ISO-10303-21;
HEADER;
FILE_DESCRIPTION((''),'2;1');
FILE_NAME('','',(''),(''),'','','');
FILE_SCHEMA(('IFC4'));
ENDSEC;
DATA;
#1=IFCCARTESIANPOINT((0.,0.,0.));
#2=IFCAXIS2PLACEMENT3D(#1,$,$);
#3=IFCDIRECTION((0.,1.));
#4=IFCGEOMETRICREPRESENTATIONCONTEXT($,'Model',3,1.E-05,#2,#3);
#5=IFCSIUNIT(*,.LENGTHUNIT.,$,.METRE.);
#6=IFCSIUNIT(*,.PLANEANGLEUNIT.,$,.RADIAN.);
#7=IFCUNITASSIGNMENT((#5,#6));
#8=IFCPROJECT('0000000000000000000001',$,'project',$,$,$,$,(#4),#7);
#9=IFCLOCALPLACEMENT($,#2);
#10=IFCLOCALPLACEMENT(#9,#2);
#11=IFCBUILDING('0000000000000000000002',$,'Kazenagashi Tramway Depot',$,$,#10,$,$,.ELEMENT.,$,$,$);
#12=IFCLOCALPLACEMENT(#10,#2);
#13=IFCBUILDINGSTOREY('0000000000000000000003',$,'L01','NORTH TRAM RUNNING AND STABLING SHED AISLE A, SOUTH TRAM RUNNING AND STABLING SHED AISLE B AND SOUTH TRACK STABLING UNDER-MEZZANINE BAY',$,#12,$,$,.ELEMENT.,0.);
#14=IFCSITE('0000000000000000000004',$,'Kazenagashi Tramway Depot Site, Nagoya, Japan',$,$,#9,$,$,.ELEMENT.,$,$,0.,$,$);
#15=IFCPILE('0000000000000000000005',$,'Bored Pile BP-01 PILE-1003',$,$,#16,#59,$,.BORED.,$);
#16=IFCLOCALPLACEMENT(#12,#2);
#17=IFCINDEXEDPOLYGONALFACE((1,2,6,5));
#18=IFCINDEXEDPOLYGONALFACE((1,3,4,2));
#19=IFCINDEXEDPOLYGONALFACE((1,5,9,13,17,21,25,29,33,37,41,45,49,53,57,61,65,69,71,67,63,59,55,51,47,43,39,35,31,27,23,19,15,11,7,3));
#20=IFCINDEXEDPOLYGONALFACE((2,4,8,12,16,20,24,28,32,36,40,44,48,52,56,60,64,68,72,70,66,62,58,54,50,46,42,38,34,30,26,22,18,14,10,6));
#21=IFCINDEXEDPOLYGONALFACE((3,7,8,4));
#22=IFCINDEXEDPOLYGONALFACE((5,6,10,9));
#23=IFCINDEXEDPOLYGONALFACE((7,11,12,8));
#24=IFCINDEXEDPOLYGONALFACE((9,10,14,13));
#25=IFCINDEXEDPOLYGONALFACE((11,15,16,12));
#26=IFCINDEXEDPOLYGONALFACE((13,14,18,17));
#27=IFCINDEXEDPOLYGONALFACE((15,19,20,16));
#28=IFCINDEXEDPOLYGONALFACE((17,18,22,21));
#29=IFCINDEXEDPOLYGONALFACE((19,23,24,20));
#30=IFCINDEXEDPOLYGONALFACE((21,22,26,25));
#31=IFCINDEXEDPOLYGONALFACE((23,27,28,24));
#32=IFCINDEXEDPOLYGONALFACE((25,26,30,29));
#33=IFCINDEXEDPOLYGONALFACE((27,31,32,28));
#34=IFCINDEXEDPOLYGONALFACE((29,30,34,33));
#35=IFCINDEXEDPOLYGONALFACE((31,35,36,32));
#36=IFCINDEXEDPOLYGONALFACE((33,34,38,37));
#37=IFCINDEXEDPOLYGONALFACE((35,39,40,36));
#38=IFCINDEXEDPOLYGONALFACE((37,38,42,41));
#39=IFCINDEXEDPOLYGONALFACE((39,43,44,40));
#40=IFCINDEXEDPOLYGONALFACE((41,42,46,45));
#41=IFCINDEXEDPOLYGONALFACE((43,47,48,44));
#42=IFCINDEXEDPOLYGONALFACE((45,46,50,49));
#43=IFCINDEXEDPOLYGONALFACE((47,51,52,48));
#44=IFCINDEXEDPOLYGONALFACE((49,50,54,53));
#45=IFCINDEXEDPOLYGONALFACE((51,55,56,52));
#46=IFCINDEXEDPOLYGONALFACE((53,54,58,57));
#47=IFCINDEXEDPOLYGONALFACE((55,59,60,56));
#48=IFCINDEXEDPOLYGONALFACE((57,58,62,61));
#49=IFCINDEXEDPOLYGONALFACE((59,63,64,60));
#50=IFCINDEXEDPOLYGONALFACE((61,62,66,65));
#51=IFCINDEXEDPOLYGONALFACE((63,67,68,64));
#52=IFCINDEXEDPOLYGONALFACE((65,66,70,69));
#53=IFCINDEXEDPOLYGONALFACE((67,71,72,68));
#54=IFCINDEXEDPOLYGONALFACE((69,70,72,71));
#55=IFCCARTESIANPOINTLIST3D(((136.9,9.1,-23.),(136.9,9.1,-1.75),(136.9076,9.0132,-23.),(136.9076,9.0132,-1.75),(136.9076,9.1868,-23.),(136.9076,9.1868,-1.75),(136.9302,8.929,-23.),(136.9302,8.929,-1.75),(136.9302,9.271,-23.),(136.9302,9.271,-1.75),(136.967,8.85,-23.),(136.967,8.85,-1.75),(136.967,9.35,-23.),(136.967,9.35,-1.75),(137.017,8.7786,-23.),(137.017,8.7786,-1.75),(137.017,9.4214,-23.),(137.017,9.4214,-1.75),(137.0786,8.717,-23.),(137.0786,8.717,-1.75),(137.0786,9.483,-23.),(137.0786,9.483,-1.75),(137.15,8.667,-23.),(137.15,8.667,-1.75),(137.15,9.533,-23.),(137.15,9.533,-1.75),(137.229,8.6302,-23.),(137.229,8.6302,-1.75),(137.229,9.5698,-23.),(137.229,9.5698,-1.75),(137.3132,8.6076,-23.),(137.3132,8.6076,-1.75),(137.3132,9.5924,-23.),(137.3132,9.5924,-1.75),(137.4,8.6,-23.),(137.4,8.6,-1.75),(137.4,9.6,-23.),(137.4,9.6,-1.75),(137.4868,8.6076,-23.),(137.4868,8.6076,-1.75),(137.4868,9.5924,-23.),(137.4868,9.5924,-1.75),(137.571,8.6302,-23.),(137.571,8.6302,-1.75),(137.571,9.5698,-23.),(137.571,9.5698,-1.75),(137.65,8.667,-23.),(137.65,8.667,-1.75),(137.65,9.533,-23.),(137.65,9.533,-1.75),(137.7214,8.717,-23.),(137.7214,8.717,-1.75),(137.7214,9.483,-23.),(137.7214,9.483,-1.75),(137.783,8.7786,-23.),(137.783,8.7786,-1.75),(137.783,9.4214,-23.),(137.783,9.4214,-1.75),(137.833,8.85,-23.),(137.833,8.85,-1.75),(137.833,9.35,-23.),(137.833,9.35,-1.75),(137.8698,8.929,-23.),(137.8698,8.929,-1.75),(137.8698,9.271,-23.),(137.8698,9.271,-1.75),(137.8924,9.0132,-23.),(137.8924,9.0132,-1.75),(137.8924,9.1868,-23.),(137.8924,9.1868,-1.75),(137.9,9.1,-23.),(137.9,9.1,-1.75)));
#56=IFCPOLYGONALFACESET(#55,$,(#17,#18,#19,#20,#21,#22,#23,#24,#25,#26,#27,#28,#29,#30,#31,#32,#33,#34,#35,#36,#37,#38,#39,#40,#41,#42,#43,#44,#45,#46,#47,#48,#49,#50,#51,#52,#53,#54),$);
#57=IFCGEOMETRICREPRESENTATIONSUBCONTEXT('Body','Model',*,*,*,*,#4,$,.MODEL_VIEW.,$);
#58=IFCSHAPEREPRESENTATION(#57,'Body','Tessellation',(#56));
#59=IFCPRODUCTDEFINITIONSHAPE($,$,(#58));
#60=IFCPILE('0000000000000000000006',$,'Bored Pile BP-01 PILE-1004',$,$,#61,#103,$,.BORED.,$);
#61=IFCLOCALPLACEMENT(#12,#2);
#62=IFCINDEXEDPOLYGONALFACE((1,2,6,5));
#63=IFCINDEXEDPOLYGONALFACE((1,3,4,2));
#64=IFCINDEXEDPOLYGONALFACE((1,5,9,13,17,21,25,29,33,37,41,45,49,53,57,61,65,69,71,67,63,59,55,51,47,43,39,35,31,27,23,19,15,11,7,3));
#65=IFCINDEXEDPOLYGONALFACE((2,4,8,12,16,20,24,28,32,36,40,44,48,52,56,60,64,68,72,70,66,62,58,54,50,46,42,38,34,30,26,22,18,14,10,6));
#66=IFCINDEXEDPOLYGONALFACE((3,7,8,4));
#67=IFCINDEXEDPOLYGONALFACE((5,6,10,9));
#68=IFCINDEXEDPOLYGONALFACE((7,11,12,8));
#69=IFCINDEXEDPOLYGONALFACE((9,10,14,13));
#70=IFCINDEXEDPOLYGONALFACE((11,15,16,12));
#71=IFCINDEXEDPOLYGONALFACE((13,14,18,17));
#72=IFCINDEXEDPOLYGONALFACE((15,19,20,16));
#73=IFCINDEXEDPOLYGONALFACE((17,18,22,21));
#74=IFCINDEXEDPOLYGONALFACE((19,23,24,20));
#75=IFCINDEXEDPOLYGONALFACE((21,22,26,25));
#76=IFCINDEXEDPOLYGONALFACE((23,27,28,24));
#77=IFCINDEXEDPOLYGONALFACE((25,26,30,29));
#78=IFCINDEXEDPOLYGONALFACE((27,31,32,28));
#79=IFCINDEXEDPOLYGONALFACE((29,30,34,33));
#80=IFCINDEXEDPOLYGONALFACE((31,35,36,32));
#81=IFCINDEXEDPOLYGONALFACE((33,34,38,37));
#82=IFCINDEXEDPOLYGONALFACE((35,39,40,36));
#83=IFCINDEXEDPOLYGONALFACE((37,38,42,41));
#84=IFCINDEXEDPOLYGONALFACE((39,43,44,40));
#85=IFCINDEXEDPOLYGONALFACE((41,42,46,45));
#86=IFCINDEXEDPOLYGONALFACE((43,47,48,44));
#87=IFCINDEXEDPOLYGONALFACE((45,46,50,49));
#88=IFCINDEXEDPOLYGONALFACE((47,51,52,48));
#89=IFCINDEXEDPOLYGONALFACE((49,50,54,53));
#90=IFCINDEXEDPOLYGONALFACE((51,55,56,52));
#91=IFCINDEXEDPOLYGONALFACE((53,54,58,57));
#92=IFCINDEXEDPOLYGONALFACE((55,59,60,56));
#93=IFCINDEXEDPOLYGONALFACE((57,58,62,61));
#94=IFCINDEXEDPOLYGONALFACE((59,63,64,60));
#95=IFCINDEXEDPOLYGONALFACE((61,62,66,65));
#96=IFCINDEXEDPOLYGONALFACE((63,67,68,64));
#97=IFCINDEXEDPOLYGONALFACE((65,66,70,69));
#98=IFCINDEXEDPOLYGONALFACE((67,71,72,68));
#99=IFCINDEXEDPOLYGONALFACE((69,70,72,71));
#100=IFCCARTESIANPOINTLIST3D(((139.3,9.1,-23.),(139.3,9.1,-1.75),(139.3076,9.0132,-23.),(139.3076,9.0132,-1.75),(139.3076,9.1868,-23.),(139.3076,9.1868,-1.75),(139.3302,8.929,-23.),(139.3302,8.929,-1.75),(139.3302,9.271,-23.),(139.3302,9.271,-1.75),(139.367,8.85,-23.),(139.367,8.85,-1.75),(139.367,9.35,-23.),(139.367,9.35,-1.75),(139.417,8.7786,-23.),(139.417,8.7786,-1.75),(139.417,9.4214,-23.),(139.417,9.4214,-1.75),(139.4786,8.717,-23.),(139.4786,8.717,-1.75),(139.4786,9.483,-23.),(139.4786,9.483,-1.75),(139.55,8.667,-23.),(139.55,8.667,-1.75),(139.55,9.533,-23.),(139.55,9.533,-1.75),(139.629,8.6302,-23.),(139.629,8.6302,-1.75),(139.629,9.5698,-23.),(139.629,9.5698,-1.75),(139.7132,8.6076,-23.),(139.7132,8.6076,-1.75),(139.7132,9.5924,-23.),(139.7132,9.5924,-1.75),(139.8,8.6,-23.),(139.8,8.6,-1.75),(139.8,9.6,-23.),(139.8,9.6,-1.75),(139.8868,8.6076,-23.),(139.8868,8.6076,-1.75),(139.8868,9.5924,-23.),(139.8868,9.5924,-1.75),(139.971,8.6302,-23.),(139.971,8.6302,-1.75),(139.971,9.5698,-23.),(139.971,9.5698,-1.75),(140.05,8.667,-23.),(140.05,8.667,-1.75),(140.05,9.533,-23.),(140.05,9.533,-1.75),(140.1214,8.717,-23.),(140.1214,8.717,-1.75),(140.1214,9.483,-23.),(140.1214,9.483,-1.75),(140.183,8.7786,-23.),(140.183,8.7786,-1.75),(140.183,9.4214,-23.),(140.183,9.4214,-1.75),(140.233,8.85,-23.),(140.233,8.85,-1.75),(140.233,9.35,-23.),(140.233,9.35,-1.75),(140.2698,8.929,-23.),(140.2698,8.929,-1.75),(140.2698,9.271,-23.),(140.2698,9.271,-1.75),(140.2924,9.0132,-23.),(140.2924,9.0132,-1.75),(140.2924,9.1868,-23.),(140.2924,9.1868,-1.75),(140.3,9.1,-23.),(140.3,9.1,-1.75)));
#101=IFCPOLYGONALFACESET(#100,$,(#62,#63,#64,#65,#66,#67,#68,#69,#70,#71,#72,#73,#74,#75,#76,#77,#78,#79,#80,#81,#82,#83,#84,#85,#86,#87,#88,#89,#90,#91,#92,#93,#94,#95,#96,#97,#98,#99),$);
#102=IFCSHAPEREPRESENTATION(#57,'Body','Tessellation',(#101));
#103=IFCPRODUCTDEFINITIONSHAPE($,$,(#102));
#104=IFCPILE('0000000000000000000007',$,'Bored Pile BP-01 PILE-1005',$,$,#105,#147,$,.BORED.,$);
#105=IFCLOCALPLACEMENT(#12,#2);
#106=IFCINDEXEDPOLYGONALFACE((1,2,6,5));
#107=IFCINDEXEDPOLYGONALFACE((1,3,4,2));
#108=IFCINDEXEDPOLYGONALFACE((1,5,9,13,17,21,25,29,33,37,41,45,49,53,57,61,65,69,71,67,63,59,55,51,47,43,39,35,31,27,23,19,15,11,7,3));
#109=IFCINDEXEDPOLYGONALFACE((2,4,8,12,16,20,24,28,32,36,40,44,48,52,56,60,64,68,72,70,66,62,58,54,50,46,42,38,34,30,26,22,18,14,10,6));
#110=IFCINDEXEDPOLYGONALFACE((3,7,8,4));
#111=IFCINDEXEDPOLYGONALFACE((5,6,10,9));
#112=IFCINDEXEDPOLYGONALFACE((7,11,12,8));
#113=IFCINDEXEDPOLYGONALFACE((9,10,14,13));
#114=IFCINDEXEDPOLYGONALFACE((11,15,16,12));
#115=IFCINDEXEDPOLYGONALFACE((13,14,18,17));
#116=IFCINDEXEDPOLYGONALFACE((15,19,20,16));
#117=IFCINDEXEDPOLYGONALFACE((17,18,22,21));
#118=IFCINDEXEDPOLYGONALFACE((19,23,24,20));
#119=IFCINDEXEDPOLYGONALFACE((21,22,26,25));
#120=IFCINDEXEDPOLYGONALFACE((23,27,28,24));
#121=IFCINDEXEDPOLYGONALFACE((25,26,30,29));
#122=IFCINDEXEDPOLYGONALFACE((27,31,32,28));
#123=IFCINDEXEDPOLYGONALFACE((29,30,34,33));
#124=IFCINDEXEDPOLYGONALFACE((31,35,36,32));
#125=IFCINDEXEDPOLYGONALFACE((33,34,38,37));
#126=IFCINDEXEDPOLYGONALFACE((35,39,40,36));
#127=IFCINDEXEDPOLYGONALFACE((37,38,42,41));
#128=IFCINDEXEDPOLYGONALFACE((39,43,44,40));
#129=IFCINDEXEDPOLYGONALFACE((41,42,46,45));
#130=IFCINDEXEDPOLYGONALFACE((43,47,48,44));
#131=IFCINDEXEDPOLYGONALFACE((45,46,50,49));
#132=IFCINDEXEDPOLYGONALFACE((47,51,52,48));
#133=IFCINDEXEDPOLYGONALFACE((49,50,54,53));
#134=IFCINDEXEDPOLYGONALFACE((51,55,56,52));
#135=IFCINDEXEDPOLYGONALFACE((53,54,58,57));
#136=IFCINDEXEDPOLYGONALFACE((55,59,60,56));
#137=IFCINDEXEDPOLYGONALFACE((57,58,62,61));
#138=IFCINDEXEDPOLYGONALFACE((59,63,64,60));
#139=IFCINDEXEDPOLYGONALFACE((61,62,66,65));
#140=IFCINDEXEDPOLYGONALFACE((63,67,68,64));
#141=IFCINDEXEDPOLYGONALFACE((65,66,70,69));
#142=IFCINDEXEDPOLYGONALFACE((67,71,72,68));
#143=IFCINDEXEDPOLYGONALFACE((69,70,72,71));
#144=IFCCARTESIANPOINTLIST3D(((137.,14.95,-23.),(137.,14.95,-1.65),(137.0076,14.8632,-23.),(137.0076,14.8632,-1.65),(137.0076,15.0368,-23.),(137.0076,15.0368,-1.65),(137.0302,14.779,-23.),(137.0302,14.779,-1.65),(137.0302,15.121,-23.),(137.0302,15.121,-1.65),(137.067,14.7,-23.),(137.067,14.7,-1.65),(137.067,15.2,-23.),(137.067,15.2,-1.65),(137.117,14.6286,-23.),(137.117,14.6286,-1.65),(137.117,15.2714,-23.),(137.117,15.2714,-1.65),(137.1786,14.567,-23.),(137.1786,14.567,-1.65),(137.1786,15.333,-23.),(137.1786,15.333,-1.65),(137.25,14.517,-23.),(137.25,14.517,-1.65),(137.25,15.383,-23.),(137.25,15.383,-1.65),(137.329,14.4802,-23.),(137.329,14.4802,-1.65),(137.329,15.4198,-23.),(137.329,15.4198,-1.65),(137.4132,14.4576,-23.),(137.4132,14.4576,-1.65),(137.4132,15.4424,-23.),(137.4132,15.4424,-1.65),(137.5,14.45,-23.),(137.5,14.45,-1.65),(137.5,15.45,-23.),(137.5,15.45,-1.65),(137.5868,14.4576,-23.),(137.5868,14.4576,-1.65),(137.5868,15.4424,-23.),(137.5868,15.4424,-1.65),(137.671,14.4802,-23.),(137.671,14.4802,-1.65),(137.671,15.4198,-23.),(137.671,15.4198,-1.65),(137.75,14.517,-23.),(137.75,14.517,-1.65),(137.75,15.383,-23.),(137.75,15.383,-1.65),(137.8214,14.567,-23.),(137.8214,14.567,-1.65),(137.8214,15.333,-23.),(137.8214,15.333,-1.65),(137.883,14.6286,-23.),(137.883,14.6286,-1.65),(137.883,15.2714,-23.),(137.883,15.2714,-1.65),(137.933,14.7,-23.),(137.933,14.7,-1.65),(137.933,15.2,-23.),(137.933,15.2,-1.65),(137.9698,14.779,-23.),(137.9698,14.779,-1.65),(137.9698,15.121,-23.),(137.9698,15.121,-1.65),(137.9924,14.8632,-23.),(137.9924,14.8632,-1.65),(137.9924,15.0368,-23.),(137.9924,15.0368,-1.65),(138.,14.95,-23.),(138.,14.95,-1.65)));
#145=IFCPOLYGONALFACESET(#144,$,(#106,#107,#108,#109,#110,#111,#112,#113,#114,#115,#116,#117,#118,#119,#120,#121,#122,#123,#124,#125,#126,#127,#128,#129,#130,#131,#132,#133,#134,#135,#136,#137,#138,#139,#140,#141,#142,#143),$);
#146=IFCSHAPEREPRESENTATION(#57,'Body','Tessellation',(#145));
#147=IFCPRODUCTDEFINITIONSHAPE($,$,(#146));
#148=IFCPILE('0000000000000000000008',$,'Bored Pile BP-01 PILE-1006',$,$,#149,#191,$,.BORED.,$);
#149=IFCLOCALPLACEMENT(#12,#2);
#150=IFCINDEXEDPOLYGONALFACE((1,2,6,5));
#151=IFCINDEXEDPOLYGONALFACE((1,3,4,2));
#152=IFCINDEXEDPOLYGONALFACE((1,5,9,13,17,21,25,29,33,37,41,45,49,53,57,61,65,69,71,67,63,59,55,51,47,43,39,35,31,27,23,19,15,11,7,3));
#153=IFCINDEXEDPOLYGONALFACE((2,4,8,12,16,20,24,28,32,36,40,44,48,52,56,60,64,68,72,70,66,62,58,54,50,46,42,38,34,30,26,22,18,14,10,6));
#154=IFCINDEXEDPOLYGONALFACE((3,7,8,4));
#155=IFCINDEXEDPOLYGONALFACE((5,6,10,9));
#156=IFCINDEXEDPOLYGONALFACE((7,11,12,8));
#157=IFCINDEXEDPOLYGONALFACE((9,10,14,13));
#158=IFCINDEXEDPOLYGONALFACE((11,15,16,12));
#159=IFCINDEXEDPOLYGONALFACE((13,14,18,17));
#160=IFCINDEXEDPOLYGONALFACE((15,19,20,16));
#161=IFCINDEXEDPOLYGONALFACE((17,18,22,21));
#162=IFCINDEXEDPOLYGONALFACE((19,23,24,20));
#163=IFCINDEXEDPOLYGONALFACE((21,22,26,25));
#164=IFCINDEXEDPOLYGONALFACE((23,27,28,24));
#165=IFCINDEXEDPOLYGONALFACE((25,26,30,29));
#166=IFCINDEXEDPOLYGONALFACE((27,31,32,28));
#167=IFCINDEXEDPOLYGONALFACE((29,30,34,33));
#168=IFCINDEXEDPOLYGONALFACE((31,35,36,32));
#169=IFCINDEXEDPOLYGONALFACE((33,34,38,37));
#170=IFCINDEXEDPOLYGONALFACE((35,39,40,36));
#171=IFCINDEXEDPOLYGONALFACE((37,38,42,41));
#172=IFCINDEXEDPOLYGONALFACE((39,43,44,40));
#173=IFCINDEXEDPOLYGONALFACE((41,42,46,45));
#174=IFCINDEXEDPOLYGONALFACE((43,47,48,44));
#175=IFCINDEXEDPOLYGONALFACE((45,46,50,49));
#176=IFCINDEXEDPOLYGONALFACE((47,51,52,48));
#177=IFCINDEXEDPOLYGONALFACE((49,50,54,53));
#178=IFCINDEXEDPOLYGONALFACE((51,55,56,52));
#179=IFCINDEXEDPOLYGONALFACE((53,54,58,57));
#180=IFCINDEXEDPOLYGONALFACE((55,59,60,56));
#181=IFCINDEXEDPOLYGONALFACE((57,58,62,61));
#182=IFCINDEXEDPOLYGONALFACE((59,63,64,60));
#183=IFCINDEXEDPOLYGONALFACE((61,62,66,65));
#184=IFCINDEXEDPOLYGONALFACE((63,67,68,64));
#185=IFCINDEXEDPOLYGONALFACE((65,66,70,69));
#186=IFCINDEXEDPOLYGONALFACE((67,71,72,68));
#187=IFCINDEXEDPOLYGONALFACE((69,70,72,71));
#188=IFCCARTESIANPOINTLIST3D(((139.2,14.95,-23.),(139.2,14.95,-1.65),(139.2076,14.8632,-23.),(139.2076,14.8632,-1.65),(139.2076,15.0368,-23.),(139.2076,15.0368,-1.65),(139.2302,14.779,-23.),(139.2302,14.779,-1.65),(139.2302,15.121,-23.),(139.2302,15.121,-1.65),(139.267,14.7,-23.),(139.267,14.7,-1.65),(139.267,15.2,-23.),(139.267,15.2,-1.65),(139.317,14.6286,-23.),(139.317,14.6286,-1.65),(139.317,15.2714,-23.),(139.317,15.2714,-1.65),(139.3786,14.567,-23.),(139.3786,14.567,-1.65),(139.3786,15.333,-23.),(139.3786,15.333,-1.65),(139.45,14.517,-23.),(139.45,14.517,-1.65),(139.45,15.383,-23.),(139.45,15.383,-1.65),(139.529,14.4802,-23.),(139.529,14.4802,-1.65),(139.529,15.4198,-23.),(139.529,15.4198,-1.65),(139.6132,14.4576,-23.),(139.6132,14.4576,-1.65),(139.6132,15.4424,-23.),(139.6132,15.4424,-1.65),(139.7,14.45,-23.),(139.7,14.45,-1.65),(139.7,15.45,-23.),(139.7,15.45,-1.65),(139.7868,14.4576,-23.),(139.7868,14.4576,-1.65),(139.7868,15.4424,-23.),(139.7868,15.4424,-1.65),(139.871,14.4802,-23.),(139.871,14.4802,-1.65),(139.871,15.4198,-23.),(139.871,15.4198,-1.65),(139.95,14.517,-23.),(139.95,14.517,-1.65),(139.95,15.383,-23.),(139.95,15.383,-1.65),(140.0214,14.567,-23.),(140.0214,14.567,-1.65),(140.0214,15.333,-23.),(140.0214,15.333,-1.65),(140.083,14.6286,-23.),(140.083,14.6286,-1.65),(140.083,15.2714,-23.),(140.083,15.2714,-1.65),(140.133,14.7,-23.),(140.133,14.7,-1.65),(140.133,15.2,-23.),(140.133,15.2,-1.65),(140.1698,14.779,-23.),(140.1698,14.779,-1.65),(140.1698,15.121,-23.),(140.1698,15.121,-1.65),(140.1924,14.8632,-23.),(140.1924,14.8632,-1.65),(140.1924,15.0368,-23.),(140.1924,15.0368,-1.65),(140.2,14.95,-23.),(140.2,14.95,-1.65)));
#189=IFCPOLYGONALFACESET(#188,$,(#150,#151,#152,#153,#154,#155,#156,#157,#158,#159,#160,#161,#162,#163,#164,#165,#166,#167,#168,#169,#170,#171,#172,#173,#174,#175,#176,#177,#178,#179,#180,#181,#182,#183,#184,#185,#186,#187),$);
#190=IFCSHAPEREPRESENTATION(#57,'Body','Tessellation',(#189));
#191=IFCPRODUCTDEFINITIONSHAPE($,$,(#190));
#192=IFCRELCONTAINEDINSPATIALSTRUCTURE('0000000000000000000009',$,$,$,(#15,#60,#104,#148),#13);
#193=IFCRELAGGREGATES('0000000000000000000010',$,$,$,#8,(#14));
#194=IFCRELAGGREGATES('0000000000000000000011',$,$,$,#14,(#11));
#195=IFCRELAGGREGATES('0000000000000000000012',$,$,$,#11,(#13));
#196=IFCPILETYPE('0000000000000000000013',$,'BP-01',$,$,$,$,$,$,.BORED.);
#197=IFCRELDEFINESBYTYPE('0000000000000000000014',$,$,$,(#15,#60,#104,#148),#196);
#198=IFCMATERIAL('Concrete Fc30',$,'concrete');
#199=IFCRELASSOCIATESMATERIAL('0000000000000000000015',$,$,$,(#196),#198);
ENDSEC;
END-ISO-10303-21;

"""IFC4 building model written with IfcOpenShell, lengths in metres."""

from ifc_helpers import new_model, si_unit, direction, frame, origin, origin_2d, place, context, subcontext, project, spatial, circle, extrude, material, material_profile, profile_set, type_object, element, save


model = new_model("IFC4")

# Units and contexts
model_context = context("Model", 3, precision=1e-05, world=origin(), true_north=direction((0.0, 1.0)))
body_context = subcontext(model_context, "Body", "Model", "MODEL_VIEW")
ifc_project = project(units=[si_unit("LENGTHUNIT", "METRE"), si_unit("PLANEANGLEUNIT", "RADIAN")], contexts=[model_context])

# Site, building, storey
site_placement = place(None, origin())
site = spatial("IfcSite", under=ifc_project, at=site_placement, Name="Kazenagashi Tramway Depot Site, Nagoya, Japan", CompositionType="ELEMENT", RefElevation=0.0)
building_placement = place(site_placement, origin())
building = spatial("IfcBuilding", under=site, at=building_placement, Name="Kazenagashi Tramway Depot", CompositionType="ELEMENT")
storey_placement = place(building_placement, origin())
storey = spatial("IfcBuildingStorey", under=building, at=storey_placement, Name="L01", Description="NORTH TRAM RUNNING AND STABLING SHED AISLE A, SOUTH TRAM RUNNING AND STABLING SHED AISLE B AND SOUTH TRACK STABLING UNDER-MEZZANINE BAY", CompositionType="ELEMENT", Elevation=0.0)

# Piles
ifc_material_1 = material(Name="Concrete Fc30", Category="concrete")
ifc_material_profile_1 = material_profile(ifc_material_1, circle(Radius=0.5, at=origin_2d()), Name="PILE-1000")
ifc_profile_set_1 = profile_set([ifc_material_profile_1], Name="Concrete Fc30")
pile_type = type_object("IfcPileType", Name="BP-01", PredefinedType="BORED", material=ifc_profile_set_1)
for number, where, z_axis, x_axis, name in (
    (1, (137.4, 9.1, -1.75), (0.0, 0.0, -1.0), (1.0, 0.0, 0.0), "Bored Pile BP-01 PILE-1003"),
    (2, (139.8, 9.1, -1.75), (0.0, 0.0, -1.0), (1.0, 0.0, 0.0), "Bored Pile BP-01 PILE-1004"),
):
    element("IfcPile", number, at=place(storey_placement, frame(where, z_axis=z_axis, x_axis=x_axis)), inside=storey, type_object=pile_type, Name=name, PredefinedType="BORED", context=body_context, shape_type="SweptSolid", body=[
        extrude(circle(Radius=0.5, at=origin_2d()), origin(), (0.0, 0.0, 1.0), 21.25),
    ])
for number, where, z_axis, x_axis, name in (
    (3, (137.5, 14.95, -1.65), (0.0, 0.0, -1.0), (1.0, 0.0, 0.0), "Bored Pile BP-01 PILE-1005"),
    (4, (139.7, 14.95, -1.65), (0.0, 0.0, -1.0), (1.0, 0.0, 0.0), "Bored Pile BP-01 PILE-1006"),
):
    element("IfcPile", number, at=place(storey_placement, frame(where, z_axis=z_axis, x_axis=x_axis)), inside=storey, type_object=pile_type, Name=name, PredefinedType="BORED", context=body_context, shape_type="SweptSolid", body=[
        extrude(circle(Radius=0.5, at=origin_2d()), origin(), (0.0, 0.0, 1.0), 21.35),
    ])

save(model, "model.ifc")
